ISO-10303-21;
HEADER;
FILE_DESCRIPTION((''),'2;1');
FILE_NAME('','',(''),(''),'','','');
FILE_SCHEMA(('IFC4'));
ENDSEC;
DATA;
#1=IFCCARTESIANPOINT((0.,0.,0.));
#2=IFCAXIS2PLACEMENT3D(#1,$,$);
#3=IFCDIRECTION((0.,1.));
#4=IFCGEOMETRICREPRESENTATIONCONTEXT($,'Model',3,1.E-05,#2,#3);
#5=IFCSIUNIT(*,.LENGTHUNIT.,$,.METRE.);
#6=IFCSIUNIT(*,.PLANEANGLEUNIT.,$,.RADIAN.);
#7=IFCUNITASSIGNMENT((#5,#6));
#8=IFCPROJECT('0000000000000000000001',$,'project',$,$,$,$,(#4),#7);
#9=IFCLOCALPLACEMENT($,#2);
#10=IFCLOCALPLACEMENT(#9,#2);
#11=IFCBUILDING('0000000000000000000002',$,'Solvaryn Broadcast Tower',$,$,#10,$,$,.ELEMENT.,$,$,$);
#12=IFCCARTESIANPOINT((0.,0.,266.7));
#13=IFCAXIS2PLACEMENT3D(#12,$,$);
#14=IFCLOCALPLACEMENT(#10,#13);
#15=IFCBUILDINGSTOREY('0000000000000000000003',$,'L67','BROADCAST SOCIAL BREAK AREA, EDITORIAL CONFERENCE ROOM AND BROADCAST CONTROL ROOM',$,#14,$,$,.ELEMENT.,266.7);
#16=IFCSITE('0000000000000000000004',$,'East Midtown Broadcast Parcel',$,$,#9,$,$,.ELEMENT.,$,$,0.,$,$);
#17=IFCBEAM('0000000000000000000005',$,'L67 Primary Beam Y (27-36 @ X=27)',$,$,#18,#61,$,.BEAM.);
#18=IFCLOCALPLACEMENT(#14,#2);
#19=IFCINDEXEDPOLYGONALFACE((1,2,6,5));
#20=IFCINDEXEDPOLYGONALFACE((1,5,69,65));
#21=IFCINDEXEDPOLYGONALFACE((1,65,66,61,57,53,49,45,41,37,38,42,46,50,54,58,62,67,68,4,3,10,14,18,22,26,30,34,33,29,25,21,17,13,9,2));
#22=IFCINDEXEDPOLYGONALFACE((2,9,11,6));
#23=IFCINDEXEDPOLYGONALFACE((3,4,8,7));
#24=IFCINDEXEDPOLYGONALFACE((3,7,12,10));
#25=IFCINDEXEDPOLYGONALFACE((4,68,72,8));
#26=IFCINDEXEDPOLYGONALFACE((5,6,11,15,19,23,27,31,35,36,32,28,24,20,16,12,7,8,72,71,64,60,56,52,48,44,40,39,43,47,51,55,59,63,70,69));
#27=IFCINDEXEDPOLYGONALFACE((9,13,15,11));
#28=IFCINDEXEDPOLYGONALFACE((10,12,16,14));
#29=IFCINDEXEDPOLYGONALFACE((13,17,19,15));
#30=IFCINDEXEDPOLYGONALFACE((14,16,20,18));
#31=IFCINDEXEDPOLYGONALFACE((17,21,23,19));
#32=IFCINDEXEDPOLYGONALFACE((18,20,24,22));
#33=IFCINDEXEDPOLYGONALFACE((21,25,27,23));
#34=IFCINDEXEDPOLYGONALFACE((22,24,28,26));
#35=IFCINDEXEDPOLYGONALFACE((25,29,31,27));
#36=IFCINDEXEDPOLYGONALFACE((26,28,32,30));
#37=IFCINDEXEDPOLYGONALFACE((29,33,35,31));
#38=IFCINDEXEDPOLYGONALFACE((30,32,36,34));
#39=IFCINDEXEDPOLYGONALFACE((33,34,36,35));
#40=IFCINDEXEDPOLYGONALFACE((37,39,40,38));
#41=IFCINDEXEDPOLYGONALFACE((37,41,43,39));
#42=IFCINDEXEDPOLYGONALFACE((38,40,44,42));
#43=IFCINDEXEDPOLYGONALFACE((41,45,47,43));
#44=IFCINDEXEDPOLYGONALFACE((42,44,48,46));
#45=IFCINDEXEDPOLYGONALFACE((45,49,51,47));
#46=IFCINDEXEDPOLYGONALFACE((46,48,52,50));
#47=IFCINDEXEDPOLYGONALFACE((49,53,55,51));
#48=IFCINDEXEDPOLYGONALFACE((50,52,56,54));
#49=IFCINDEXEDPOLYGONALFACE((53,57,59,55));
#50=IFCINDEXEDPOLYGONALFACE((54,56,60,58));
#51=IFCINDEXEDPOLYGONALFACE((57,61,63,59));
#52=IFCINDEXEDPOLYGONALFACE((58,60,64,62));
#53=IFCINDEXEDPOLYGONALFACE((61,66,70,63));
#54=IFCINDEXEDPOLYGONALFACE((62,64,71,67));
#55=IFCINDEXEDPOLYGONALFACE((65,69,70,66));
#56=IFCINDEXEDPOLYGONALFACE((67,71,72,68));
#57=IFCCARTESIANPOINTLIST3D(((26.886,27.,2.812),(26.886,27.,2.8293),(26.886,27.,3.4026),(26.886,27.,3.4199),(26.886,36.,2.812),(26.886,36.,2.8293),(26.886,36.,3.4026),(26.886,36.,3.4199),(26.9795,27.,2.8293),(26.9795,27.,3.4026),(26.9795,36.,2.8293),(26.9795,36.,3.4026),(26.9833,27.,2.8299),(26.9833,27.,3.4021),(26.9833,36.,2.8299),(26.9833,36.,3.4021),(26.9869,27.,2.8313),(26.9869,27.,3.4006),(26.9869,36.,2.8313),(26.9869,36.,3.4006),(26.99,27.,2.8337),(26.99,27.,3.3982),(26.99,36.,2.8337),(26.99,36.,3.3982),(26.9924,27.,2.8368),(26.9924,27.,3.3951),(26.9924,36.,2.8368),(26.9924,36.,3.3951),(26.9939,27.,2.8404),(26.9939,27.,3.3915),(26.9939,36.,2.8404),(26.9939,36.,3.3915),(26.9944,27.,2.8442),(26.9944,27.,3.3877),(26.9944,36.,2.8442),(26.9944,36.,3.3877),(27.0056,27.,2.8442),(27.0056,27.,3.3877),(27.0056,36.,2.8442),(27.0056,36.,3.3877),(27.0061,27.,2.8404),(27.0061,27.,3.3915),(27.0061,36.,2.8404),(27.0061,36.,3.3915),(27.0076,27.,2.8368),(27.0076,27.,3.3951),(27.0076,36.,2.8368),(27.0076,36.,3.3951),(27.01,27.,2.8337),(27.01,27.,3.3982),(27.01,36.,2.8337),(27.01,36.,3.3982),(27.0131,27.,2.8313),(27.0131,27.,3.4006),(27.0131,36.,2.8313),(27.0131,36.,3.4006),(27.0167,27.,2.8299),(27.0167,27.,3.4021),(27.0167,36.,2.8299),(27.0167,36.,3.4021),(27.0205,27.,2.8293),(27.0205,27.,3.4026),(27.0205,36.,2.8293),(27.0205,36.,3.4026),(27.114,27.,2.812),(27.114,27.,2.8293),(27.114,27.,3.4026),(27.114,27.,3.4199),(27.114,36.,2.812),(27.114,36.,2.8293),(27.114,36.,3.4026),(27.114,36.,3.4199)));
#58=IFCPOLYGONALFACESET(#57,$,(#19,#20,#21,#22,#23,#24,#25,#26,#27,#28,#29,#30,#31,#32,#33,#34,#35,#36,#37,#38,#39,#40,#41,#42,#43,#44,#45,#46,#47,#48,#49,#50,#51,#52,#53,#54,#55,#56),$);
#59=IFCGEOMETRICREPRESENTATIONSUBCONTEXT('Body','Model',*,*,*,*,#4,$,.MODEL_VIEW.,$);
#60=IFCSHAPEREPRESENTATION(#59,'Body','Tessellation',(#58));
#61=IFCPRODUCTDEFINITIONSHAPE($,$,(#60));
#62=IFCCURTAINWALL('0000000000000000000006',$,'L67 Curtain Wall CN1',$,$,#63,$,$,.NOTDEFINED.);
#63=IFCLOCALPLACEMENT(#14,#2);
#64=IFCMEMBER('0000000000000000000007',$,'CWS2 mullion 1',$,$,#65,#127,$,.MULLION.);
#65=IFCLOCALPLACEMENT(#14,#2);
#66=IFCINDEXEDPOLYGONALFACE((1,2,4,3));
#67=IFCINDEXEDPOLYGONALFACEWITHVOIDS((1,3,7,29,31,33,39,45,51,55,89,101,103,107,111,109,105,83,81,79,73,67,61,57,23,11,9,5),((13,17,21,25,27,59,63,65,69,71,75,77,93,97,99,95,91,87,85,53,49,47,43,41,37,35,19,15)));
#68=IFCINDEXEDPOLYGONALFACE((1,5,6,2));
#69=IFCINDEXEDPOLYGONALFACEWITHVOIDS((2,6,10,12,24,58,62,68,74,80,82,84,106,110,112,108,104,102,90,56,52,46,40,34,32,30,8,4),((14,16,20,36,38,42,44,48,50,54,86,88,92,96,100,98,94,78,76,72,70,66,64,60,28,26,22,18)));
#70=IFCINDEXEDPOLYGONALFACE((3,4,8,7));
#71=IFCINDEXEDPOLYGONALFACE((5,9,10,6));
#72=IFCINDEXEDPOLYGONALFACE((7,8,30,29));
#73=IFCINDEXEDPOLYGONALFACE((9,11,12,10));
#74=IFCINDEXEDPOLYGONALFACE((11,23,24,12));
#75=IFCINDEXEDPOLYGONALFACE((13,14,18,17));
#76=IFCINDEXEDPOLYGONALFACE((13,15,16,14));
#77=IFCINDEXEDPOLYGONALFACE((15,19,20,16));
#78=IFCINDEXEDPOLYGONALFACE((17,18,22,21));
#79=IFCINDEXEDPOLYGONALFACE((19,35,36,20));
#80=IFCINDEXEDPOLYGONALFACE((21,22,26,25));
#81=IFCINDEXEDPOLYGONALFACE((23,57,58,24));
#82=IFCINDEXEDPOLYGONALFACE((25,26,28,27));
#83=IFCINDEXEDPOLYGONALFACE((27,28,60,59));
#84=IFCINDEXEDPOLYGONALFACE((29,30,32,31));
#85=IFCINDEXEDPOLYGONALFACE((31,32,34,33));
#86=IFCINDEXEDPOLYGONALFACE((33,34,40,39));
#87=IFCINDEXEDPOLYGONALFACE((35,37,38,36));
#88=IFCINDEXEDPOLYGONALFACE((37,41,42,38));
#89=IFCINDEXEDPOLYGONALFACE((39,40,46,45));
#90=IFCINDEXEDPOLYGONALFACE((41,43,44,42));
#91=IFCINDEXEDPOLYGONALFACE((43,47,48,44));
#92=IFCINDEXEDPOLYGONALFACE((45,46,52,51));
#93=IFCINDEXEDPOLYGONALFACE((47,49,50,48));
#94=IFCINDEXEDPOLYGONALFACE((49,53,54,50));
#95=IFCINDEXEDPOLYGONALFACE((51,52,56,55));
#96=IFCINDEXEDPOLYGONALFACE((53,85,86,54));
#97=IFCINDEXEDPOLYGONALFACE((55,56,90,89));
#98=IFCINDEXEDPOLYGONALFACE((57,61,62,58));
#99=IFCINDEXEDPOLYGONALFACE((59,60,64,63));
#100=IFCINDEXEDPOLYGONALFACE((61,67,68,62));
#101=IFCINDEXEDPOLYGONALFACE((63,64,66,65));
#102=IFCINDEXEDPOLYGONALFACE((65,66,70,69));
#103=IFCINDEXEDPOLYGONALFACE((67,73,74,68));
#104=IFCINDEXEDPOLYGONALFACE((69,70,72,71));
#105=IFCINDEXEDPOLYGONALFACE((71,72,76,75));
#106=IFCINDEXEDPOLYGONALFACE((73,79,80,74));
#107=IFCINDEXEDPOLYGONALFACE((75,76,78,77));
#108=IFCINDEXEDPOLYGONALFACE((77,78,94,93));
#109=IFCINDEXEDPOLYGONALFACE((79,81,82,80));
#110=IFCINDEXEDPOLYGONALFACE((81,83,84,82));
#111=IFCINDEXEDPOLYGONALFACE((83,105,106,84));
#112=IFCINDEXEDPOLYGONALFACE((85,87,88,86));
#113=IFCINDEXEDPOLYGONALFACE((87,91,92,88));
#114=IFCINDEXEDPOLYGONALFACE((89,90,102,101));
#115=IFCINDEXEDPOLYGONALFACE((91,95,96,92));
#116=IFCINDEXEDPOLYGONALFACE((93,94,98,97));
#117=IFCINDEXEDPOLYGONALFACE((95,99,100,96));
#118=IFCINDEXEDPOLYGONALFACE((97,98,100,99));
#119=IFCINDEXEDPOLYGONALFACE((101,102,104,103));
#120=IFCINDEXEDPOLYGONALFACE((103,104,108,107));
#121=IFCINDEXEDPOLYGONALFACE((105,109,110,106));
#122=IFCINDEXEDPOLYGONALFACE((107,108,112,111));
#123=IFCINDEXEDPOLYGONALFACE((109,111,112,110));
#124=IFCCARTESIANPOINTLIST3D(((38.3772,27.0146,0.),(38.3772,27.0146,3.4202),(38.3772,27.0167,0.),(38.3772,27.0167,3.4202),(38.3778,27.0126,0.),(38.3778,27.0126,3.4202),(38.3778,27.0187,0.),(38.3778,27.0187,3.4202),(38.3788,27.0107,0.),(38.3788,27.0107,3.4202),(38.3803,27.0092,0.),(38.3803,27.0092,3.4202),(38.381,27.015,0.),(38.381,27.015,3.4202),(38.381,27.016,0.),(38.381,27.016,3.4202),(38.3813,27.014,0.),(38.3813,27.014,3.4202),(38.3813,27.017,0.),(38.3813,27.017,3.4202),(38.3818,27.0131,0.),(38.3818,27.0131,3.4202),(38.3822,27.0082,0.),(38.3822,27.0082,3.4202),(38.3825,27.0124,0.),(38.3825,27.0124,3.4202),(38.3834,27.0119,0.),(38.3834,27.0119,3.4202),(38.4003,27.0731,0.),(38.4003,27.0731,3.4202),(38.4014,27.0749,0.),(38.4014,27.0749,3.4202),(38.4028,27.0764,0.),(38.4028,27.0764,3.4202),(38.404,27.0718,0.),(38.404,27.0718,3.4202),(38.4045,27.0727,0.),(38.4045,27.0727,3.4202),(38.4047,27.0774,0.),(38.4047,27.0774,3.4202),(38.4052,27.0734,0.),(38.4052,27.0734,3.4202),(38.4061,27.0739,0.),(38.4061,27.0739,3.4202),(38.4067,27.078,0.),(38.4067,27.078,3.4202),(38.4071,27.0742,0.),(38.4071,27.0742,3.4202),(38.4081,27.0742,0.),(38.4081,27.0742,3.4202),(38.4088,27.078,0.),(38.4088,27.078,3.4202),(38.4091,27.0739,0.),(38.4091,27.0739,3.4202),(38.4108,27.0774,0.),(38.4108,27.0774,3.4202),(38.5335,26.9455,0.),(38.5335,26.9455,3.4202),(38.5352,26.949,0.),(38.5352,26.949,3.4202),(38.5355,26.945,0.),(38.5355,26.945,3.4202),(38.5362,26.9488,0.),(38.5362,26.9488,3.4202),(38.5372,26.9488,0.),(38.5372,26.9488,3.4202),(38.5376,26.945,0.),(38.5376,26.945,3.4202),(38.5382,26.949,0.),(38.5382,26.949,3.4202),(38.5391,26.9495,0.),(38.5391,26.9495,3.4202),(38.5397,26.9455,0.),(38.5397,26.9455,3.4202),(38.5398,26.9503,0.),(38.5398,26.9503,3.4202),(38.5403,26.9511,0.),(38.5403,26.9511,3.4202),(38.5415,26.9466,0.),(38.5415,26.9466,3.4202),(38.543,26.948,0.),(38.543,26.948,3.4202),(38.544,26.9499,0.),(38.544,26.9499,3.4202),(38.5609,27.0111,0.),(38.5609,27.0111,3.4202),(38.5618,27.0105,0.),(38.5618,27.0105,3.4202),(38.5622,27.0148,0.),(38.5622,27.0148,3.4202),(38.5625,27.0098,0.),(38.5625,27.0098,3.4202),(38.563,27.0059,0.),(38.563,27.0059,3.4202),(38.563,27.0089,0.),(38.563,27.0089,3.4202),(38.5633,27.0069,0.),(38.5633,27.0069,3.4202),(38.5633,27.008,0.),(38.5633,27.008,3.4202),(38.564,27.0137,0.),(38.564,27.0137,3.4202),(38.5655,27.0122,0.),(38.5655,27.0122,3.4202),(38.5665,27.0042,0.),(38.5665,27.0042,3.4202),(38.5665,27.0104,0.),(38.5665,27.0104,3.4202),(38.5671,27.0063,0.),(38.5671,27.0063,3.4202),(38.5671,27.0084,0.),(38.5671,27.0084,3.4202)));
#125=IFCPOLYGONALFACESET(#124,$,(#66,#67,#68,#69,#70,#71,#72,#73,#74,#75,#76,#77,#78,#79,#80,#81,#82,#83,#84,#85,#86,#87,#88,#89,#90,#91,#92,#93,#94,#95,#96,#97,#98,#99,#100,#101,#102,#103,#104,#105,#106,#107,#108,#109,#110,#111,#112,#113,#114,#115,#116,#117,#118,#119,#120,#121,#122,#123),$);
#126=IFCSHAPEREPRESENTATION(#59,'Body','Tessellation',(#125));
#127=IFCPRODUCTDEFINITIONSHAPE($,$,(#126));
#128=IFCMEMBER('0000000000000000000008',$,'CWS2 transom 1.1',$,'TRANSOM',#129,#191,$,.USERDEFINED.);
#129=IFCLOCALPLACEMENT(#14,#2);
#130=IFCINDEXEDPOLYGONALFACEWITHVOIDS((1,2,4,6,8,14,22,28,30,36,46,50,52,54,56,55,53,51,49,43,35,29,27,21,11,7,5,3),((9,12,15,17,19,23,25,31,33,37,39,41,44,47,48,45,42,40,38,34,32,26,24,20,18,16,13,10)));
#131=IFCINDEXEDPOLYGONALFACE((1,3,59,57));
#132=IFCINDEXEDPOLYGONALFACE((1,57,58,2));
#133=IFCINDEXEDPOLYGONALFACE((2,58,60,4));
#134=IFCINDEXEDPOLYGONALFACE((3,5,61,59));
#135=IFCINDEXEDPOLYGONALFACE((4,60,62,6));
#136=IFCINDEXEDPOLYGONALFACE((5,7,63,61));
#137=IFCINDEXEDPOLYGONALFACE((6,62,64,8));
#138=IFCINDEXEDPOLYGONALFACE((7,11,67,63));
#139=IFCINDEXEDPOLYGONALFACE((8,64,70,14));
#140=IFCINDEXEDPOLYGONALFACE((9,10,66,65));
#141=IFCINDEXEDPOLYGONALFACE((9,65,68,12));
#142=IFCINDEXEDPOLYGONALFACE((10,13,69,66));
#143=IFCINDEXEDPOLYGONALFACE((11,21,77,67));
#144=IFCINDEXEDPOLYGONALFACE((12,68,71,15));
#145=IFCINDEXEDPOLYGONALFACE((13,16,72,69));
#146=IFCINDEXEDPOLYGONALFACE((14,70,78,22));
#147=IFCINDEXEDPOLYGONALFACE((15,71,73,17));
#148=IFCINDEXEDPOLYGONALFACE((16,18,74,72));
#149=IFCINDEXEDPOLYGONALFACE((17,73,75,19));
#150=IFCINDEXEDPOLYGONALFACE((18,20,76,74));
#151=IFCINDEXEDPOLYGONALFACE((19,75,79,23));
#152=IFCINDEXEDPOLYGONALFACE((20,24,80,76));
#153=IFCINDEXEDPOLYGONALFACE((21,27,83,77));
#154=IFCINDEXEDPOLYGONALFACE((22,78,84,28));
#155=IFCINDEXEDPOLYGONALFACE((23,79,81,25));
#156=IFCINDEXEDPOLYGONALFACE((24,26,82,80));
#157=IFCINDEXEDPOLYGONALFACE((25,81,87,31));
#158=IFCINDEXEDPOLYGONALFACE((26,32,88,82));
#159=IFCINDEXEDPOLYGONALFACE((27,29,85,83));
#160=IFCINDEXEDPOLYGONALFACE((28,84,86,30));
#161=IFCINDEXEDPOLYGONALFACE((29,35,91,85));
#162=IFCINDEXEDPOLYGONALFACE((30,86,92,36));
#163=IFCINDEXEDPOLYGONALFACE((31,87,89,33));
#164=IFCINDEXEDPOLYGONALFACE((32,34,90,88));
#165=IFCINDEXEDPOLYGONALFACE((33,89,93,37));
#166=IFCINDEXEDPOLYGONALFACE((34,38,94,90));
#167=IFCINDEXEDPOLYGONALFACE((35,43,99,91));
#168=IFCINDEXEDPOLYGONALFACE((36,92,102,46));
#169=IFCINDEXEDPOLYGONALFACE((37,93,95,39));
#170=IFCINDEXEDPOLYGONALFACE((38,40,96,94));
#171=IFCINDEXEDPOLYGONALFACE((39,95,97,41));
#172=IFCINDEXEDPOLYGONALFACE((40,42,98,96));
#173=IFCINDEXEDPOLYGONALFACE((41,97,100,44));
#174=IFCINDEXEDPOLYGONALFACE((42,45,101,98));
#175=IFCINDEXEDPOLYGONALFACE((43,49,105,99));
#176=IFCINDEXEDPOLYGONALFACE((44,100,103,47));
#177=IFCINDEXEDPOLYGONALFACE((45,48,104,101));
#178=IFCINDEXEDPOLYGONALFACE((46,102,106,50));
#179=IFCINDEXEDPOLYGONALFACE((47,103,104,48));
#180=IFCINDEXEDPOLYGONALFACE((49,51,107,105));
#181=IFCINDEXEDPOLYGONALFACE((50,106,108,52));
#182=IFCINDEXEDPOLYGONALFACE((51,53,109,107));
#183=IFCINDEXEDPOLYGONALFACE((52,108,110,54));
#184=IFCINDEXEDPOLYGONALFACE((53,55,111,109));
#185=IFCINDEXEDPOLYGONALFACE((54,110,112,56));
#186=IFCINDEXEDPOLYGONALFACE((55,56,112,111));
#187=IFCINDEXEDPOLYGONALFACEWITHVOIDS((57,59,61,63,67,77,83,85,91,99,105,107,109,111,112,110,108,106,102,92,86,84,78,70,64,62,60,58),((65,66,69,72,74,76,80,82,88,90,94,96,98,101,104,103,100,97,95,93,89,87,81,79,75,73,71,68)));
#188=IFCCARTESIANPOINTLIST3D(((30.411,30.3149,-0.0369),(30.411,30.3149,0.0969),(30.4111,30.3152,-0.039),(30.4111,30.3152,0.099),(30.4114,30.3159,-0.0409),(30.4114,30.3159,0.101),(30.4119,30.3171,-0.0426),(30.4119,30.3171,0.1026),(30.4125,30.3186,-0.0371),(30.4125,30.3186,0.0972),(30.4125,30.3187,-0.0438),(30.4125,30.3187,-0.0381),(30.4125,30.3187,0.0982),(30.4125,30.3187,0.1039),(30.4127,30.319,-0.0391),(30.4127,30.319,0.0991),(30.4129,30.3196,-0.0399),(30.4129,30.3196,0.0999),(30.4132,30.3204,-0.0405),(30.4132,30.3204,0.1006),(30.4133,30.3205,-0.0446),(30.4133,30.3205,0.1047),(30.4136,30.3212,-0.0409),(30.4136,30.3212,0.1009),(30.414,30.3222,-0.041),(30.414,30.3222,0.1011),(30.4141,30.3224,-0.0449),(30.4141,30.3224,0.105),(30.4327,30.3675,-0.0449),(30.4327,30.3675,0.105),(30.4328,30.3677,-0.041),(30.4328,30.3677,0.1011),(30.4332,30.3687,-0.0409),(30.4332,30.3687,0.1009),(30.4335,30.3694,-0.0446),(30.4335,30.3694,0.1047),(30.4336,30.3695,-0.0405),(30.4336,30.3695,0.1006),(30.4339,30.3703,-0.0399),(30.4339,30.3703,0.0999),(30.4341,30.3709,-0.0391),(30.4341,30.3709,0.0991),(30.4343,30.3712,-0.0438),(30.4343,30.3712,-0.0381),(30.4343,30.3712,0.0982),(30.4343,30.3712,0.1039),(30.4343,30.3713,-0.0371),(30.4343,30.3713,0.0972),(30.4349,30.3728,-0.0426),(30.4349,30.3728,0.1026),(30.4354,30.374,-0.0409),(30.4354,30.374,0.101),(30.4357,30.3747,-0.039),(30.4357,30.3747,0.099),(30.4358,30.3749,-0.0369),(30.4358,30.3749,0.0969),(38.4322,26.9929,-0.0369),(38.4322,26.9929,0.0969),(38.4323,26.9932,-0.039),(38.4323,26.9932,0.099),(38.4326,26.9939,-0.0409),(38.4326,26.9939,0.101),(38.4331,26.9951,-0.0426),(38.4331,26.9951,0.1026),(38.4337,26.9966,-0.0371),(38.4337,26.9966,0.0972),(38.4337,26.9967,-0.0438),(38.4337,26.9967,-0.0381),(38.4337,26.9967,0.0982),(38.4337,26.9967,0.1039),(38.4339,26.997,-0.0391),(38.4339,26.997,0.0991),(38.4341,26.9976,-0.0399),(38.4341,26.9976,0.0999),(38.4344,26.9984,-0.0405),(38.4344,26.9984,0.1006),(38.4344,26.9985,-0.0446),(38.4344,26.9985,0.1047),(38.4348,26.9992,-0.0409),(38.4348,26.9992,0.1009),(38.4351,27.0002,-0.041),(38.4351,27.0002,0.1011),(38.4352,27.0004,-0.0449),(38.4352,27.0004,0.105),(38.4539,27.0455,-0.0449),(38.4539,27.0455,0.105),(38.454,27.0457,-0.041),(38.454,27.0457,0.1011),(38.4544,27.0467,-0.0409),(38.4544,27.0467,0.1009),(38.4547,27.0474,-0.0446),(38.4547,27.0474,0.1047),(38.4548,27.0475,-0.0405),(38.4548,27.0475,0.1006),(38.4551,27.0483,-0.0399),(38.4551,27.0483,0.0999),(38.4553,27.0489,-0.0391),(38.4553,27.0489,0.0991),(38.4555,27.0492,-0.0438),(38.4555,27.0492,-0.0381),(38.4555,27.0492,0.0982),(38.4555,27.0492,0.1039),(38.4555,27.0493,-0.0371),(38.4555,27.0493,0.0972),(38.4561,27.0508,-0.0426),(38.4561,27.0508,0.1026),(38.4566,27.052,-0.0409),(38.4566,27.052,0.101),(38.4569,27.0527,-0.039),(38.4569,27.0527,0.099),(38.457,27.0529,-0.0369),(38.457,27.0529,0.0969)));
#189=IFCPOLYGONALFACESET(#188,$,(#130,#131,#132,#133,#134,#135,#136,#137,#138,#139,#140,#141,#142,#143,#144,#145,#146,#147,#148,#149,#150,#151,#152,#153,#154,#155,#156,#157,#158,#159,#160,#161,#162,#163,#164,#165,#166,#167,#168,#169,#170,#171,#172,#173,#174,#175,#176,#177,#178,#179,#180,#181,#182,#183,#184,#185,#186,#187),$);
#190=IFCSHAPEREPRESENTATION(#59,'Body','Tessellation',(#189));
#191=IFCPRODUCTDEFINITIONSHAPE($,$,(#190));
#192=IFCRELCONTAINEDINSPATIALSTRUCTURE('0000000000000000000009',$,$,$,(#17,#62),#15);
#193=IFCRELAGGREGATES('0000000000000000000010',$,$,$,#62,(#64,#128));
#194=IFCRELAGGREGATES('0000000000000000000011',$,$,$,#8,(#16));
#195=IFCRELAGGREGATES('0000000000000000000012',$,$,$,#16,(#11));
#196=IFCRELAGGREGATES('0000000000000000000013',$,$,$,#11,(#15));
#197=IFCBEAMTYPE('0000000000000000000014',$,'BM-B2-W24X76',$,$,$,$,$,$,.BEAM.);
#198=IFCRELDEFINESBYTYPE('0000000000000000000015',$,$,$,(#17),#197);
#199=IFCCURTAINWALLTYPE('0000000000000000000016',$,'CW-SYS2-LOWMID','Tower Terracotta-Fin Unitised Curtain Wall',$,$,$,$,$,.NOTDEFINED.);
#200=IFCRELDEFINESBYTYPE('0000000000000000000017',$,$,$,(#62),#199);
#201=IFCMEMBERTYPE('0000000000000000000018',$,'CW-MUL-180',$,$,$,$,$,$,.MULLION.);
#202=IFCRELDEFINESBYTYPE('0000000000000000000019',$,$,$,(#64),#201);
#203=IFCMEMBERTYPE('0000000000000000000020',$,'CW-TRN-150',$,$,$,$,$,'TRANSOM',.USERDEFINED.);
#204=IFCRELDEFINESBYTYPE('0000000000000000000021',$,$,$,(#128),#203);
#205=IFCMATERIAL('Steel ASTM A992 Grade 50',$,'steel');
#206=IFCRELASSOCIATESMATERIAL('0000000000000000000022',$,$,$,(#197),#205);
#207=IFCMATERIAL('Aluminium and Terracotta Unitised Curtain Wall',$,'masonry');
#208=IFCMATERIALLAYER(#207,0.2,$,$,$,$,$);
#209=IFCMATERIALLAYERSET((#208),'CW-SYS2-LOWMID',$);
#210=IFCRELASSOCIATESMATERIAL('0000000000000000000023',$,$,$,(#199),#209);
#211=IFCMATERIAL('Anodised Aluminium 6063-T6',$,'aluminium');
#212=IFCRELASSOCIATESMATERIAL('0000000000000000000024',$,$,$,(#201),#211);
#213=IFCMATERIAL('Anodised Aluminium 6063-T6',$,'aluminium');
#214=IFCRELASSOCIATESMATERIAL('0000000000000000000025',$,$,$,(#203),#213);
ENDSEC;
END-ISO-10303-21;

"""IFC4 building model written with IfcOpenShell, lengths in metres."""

from ifc_helpers import new_model, si_unit, direction, frame, origin, origin_2d, place, context, subcontext, project, spatial, hollow_rectangle, i_section, extrude, material, layer, layer_set, material_profile, profile_set, type_object, element, aggregate, save


model = new_model("IFC4")

# Units and contexts
model_context = context("Model", 3, precision=1e-05, world=origin(), true_north=direction((0.0, 1.0)))
body_context = subcontext(model_context, "Body", "Model", "MODEL_VIEW")
ifc_project = project(units=[si_unit("LENGTHUNIT", "METRE"), si_unit("PLANEANGLEUNIT", "RADIAN")], contexts=[model_context])

# Site, building, storey
site_placement = place(None, origin())
site = spatial("IfcSite", under=ifc_project, at=site_placement, Name="East Midtown Broadcast Parcel", CompositionType="ELEMENT", RefElevation=0.0)
building_placement = place(site_placement, origin())
building = spatial("IfcBuilding", under=site, at=building_placement, Name="Solvaryn Broadcast Tower", CompositionType="ELEMENT")
storey_placement = place(building_placement, frame((0.0, 0.0, 266.7)))
storey = spatial("IfcBuildingStorey", under=building, at=storey_placement, Name="L67", Description="BROADCAST SOCIAL BREAK AREA, EDITORIAL CONFERENCE ROOM AND BROADCAST CONTROL ROOM", CompositionType="ELEMENT", Elevation=266.7)

# Beam
ifc_material_1 = material(Name="Steel ASTM A992 Grade 50", Category="steel")
ifc_material_profile_1 = material_profile(ifc_material_1, i_section(OverallWidth=0.228, OverallDepth=0.6079, WebThickness=0.0112, FlangeThickness=0.0173, FilletRadius=0.0149, at=origin_2d()))
ifc_profile_set_1 = profile_set([ifc_material_profile_1], Name="Steel ASTM A992 Grade 50")
beam_type_1 = type_object("IfcBeamType", Name="BM-B2-W24X76", PredefinedType="BEAM", material=ifc_profile_set_1)
beam_1_placement = place(storey_placement, frame((27.0, 27.0, 3.116), z_axis=(0.0, 1.0, 0.0), x_axis=(-1.0, 0.0, 0.0)))
element("IfcBeam", 1, at=beam_1_placement, inside=storey, type_object=beam_type_1, Name="L67 Primary Beam Y (27-36 @ X=27)", PredefinedType="BEAM", context=body_context, shape_type="SweptSolid", body=[
    extrude(i_section(OverallWidth=0.228, OverallDepth=0.6079, WebThickness=0.0112, FlangeThickness=0.0173, FilletRadius=0.0149, at=origin_2d()), origin(), (0.0, 0.0, 1.0), 9.0),
])

# Curtain wall, members
ifc_material_2 = material(Name="Aluminium and Terracotta Unitised Curtain Wall", Category="masonry")
ifc_layer_1 = layer(ifc_material_2, 0.2)
ifc_layer_set_1 = layer_set([ifc_layer_1], Name="CW-SYS2-LOWMID")
curtain_wall_type = type_object("IfcCurtainWallType", Name="CW-SYS2-LOWMID", Description="Tower Terracotta-Fin Unitised Curtain Wall", PredefinedType="NOTDEFINED", material=ifc_layer_set_1)
curtain_wall_placement = place(storey_placement, origin())
curtain_wall = element("IfcCurtainWall", 2, at=curtain_wall_placement, inside=storey, type_object=curtain_wall_type, Name="L67 Curtain Wall CN1", PredefinedType="NOTDEFINED")
ifc_material_3 = material(Name="Anodised Aluminium 6063-T6", Category="aluminium")
ifc_material_profile_2 = material_profile(ifc_material_3, hollow_rectangle(XDim=0.075, YDim=0.1799, WallThickness=0.0039, InnerFilletRadius=0.0039, OuterFilletRadius=0.0081, at=origin_2d()))
ifc_profile_set_2 = profile_set([ifc_material_profile_2], Name="Anodised Aluminium 6063-T6")
member_type_1 = type_object("IfcMemberType", Name="CW-MUL-180", PredefinedType="MULLION", material=ifc_profile_set_2)
member_1_placement = place(storey_placement, frame((38.4722, 27.0115, 0.0), z_axis=(0.0, 0.0, 1.0), x_axis=(-0.382646, -0.923895, 0.0)))
member_1 = element("IfcMember", 3, at=member_1_placement, type_object=member_type_1, Name="CWS2 mullion 1", PredefinedType="MULLION", context=body_context, shape_type="SweptSolid", body=[
    extrude(hollow_rectangle(XDim=0.075, YDim=0.1799, WallThickness=0.0039, InnerFilletRadius=0.0039, OuterFilletRadius=0.0081, at=origin_2d()), origin(), (0.0, 0.0, 1.0), 3.4202),
])
ifc_material_4 = material(Name="Anodised Aluminium 6063-T6", Category="aluminium")
ifc_material_profile_3 = material_profile(ifc_material_4, hollow_rectangle(XDim=0.0649, YDim=0.1499, WallThickness=0.0039, InnerFilletRadius=0.0039, OuterFilletRadius=0.0081, at=origin_2d()))
ifc_profile_set_3 = profile_set([ifc_material_profile_3], Name="Anodised Aluminium 6063-T6")
member_type_2 = type_object("IfcMemberType", Name="CW-TRN-150", ElementType="TRANSOM", PredefinedType="USERDEFINED", material=ifc_profile_set_3)
member_2_placement = place(storey_placement, frame((38.4446, 27.0229, 0.03), z_axis=(-0.923899, 0.382636, 0.0), x_axis=(-0.382636, -0.923899, 0.0)))
member_2 = element("IfcMember", 4, at=member_2_placement, type_object=member_type_2, Name="CWS2 transom 1.1", ObjectType="TRANSOM", PredefinedType="USERDEFINED", context=body_context, shape_type="SweptSolid", body=[
    extrude(hollow_rectangle(XDim=0.0649, YDim=0.1499, WallThickness=0.0039, InnerFilletRadius=0.0039, OuterFilletRadius=0.0081, at=origin_2d()), origin(), (0.0, 0.0, 1.0), 8.6819),
])
aggregate(curtain_wall, [member_1, member_2])

save(model, "model.ifc")
